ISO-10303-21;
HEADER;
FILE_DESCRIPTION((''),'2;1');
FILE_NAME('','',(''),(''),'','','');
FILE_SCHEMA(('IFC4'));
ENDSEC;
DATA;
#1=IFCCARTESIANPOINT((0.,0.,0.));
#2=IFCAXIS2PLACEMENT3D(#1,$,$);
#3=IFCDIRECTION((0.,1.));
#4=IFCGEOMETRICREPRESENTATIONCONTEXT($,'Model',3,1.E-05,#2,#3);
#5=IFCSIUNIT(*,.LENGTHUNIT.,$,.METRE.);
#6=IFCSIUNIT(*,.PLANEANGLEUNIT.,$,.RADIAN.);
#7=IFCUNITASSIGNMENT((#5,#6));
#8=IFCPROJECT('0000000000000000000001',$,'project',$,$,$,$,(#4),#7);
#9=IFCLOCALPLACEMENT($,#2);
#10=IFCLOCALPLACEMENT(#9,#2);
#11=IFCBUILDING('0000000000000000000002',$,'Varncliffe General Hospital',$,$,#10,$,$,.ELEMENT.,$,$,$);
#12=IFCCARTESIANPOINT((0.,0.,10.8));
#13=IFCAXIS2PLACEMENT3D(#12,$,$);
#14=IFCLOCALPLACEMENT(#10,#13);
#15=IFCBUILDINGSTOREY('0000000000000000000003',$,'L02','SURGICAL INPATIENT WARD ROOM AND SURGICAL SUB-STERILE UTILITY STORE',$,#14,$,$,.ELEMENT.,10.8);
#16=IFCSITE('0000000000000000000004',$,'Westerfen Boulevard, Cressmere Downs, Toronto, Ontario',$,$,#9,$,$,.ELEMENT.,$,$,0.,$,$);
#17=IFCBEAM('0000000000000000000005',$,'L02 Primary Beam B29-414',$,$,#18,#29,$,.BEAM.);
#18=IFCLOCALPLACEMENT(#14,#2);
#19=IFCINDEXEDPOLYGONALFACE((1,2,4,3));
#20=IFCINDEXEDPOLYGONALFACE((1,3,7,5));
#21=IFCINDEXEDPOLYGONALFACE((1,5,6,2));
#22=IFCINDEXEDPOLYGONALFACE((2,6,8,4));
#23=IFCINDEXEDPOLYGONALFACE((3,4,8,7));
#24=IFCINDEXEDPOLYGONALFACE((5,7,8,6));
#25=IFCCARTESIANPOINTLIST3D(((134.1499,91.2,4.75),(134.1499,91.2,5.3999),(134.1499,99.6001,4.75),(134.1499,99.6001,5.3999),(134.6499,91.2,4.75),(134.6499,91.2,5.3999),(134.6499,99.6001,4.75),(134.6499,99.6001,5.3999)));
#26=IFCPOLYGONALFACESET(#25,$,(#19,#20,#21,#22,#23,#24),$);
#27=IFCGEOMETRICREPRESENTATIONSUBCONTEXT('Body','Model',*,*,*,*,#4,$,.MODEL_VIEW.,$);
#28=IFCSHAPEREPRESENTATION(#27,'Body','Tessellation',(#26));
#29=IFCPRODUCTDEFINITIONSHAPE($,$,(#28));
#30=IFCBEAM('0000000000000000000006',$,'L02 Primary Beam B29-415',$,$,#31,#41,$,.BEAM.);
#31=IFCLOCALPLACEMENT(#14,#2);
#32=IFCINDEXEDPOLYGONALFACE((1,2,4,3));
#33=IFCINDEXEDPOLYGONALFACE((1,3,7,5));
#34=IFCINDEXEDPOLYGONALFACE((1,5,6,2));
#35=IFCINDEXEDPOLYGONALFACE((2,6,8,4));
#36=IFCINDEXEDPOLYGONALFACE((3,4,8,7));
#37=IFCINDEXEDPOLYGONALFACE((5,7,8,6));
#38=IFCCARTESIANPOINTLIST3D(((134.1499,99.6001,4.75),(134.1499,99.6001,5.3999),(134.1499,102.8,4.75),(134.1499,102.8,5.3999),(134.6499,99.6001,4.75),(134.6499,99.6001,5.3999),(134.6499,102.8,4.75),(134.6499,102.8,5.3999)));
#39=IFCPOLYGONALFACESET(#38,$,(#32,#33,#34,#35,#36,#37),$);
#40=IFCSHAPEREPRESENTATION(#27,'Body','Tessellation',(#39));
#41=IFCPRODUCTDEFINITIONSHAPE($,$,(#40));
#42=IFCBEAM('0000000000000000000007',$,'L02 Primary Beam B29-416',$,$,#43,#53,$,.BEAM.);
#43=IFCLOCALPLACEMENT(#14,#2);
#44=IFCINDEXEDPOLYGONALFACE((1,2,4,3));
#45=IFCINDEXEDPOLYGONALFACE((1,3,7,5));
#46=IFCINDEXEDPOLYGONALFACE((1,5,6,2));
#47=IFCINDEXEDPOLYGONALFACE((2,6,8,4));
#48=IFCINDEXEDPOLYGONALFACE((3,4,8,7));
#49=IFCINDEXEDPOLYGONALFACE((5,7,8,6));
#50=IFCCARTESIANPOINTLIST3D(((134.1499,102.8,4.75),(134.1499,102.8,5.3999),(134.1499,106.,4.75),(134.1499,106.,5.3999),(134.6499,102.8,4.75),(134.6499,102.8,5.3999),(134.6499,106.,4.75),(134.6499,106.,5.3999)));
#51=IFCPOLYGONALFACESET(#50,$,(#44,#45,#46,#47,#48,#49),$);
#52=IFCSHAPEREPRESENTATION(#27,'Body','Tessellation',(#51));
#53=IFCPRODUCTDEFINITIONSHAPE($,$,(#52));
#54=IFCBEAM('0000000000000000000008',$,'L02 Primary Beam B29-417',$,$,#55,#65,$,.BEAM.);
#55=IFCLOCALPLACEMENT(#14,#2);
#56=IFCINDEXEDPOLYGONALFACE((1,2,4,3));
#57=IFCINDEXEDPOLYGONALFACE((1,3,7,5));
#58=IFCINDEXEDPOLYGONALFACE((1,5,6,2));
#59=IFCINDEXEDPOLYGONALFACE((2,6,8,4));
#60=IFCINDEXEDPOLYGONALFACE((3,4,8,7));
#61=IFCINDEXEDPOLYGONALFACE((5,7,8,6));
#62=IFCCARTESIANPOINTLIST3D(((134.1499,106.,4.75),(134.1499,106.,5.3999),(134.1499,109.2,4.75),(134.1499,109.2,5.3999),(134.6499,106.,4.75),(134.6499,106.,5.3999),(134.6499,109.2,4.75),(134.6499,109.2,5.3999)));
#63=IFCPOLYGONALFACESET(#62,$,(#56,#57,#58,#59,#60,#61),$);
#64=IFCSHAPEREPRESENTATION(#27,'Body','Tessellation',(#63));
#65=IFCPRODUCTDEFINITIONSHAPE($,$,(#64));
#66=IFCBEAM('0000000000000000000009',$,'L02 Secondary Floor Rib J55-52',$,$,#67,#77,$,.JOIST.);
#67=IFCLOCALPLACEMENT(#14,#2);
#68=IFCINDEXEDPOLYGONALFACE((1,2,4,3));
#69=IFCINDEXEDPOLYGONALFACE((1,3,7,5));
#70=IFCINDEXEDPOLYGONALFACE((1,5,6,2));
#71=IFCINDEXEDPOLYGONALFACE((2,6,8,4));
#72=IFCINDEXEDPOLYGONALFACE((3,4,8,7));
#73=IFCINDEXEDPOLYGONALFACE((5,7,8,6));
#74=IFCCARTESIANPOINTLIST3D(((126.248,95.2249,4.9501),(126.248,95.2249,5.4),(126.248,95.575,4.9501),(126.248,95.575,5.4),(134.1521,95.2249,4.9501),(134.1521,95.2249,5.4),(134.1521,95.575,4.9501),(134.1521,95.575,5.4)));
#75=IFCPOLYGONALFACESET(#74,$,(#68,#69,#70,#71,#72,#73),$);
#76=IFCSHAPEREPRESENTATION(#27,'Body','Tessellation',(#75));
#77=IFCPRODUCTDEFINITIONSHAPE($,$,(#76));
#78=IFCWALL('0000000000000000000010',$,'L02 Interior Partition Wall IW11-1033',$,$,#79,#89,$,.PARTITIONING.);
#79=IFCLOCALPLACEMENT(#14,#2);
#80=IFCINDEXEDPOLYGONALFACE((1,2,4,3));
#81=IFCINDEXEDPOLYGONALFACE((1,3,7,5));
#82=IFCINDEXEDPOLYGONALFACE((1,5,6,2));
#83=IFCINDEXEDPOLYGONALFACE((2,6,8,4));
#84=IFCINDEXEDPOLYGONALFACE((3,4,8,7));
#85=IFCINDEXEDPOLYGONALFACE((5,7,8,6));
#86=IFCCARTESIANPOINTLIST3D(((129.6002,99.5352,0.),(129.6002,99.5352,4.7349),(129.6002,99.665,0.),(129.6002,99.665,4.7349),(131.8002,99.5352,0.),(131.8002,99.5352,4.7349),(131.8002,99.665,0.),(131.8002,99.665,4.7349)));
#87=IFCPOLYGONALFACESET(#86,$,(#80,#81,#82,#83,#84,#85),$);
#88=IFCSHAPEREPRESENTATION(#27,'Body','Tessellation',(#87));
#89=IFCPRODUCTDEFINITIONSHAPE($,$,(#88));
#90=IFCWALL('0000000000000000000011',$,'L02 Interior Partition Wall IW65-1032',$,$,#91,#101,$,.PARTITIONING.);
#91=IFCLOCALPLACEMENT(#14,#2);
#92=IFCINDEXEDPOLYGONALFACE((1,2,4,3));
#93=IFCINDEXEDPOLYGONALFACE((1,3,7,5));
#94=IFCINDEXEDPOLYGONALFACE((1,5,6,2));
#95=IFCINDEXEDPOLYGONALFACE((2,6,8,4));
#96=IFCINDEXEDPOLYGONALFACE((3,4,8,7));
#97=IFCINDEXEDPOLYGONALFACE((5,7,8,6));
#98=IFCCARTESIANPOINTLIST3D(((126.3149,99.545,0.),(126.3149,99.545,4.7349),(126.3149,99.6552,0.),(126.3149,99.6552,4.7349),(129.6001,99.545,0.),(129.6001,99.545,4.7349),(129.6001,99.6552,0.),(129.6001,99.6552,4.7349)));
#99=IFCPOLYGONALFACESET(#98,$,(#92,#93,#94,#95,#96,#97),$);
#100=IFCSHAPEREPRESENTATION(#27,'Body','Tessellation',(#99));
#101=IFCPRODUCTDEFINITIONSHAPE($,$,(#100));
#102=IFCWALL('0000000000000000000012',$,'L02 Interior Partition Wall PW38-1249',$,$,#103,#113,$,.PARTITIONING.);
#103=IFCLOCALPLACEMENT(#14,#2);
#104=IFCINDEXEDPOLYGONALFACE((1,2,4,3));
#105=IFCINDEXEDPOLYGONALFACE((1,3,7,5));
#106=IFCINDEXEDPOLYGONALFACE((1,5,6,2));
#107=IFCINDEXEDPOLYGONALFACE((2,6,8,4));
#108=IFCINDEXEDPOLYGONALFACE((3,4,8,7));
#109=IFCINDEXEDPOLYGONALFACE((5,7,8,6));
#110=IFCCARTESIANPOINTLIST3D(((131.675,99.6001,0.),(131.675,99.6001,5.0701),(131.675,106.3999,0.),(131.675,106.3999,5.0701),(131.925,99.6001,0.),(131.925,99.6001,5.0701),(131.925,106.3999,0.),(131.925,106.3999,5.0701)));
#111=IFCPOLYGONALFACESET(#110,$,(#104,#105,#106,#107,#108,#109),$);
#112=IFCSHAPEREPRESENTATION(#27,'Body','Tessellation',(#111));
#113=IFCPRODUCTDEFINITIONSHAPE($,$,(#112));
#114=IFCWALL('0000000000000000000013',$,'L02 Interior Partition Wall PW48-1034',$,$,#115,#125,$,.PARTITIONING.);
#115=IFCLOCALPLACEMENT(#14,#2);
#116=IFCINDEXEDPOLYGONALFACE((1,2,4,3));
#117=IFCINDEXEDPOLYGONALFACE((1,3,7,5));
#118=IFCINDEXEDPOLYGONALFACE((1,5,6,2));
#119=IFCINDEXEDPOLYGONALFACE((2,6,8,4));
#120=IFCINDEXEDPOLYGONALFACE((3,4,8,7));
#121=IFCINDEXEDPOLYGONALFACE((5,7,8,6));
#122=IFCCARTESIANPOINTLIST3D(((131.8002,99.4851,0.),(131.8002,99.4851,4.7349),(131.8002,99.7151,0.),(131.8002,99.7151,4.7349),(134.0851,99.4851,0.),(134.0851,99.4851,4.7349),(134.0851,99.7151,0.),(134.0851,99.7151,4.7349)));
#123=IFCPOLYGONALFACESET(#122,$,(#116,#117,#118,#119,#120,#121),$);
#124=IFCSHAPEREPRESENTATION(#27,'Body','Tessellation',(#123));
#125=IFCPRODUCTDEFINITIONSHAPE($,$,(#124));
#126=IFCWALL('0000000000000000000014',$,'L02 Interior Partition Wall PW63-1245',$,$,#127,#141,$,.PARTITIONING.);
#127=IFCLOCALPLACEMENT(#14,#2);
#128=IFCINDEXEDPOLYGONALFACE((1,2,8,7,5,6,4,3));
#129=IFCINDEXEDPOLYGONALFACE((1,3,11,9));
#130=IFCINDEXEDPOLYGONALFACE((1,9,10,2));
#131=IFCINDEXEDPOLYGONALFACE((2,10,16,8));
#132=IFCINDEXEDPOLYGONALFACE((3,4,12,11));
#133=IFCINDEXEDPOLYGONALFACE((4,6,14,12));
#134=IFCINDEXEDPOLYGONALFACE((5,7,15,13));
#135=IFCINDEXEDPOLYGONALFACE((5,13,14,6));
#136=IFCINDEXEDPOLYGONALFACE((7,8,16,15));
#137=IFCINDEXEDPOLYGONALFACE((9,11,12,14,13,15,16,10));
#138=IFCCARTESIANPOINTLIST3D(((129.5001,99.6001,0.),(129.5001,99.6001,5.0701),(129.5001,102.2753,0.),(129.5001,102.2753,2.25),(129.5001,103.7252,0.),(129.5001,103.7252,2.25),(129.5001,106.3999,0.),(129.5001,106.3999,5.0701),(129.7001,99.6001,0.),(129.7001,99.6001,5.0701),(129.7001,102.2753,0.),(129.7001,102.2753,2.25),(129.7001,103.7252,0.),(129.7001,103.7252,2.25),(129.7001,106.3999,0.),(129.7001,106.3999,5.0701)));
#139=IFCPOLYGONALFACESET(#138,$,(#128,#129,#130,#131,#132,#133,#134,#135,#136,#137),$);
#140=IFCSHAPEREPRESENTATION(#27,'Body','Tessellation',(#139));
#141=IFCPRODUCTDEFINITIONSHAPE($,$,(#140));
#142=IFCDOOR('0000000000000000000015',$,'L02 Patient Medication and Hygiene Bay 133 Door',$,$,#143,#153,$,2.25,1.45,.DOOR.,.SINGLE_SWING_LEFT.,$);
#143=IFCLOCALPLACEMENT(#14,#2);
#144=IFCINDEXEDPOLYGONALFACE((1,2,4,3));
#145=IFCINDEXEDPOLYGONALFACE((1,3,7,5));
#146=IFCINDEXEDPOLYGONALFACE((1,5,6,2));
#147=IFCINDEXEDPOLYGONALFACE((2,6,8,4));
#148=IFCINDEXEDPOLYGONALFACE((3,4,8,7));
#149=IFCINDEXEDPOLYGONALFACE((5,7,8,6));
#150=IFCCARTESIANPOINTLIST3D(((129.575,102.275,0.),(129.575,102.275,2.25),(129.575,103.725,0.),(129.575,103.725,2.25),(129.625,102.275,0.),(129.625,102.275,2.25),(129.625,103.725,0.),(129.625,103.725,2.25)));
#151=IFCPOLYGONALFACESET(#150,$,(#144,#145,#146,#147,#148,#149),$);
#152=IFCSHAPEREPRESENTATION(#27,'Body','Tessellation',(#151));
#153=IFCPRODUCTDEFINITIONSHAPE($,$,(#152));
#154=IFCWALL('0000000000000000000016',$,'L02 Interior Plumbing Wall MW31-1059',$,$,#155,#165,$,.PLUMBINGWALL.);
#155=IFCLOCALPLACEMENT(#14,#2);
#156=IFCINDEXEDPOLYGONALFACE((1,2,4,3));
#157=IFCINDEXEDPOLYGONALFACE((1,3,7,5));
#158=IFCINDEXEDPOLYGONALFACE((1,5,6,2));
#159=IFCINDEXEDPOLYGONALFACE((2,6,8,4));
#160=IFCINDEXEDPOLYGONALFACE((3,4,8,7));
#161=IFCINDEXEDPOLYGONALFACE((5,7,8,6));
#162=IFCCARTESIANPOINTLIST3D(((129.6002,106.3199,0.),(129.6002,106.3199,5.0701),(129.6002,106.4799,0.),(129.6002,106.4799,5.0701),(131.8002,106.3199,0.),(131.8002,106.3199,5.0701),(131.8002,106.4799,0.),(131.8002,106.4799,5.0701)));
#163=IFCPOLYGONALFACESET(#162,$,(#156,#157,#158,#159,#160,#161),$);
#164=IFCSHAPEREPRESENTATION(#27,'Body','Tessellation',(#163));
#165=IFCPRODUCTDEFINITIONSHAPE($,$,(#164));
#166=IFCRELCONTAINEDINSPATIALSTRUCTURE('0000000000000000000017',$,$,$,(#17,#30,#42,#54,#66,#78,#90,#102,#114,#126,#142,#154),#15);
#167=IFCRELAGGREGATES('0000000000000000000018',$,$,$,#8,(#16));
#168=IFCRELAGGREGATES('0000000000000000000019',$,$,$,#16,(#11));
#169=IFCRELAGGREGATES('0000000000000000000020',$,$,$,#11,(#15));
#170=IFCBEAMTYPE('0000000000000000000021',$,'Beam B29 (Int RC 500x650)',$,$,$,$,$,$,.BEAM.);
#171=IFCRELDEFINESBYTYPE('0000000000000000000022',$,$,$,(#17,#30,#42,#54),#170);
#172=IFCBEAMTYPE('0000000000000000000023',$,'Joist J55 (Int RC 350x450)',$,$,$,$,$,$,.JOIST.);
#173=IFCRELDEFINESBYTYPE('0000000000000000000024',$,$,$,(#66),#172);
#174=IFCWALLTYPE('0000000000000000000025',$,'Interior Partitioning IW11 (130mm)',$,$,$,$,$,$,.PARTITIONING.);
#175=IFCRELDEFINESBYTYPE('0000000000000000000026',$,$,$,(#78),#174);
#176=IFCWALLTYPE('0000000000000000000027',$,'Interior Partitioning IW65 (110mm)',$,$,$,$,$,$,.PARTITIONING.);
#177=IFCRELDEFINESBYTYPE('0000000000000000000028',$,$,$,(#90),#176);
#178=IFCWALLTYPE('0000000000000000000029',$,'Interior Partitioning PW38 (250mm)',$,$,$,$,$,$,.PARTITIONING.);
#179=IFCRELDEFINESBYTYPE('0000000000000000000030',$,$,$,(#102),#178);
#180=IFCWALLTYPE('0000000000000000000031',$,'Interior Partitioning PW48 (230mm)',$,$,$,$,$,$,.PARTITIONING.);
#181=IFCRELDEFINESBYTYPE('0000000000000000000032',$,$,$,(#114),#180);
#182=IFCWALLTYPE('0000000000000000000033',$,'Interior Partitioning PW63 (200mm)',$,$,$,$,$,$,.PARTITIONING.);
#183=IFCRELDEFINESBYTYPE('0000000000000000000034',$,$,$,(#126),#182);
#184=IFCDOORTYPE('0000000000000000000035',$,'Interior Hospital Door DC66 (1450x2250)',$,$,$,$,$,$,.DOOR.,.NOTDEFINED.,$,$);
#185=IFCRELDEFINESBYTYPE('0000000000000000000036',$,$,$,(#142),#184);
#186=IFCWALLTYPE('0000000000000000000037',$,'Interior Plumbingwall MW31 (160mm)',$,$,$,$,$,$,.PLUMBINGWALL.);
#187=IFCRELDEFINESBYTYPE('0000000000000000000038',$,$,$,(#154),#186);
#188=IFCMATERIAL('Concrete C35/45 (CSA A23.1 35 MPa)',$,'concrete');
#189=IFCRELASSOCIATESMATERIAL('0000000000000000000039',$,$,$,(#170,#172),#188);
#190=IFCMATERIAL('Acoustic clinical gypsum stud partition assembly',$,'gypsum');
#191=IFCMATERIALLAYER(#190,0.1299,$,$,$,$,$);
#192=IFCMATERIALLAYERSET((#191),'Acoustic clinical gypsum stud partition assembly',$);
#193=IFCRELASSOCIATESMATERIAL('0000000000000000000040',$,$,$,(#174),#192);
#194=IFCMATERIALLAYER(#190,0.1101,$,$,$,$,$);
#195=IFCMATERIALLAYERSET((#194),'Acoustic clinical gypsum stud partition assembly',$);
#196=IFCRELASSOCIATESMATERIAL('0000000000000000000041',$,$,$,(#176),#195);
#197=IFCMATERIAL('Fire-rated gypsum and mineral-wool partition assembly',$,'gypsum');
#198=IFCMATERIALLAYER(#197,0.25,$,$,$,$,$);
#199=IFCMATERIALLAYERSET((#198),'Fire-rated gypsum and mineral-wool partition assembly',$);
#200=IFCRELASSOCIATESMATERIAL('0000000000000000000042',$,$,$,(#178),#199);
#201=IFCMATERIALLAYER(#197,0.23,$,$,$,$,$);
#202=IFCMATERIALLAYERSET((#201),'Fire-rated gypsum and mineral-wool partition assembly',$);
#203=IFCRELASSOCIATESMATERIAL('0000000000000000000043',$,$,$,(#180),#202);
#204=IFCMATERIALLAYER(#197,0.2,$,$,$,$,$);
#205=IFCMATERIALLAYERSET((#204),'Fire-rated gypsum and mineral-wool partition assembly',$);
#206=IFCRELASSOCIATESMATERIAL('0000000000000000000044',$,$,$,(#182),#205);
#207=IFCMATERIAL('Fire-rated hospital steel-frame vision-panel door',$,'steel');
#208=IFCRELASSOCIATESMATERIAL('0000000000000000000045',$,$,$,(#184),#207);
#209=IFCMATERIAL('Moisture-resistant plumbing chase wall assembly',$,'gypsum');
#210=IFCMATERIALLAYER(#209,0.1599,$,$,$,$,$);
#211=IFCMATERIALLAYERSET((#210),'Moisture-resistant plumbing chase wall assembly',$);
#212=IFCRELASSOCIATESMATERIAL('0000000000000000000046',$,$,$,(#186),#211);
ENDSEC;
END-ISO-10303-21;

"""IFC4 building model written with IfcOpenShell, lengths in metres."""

from ifc_helpers import new_model, si_unit, direction, frame, frame_2d, origin, origin_2d, place, context, subcontext, project, spatial, rectangle, extrude, material, layer, layer_set, material_profile, profile_set, type_object, element, fill, save


model = new_model("IFC4")

# Units and contexts
model_context = context("Model", 3, precision=1e-05, world=origin(), true_north=direction((0.0, 1.0)))
body_context = subcontext(model_context, "Body", "Model", "MODEL_VIEW")
ifc_project = project(units=[si_unit("LENGTHUNIT", "METRE"), si_unit("PLANEANGLEUNIT", "RADIAN")], contexts=[model_context])

# Site, building, storey
site_placement = place(None, origin())
site = spatial("IfcSite", under=ifc_project, at=site_placement, Name="Westerfen Boulevard, Cressmere Downs, Toronto, Ontario", CompositionType="ELEMENT", RefElevation=0.0)
building_placement = place(site_placement, origin())
building = spatial("IfcBuilding", under=site, at=building_placement, Name="Varncliffe General Hospital", CompositionType="ELEMENT")
storey_placement = place(building_placement, frame((0.0, 0.0, 10.8)))
storey = spatial("IfcBuildingStorey", under=building, at=storey_placement, Name="L02", Description="SURGICAL INPATIENT WARD ROOM AND SURGICAL SUB-STERILE UTILITY STORE", CompositionType="ELEMENT", Elevation=10.8)

# Beams
ifc_material_1 = material(Name="Concrete C35/45 (CSA A23.1 35 MPa)", Category="concrete")
ifc_material_profile_1 = material_profile(ifc_material_1, rectangle(XDim=0.5, YDim=0.6499, at=origin_2d()), Name="RC 500x650")
ifc_profile_set_1 = profile_set([ifc_material_profile_1], Name="Concrete C35/45 (CSA A23.1 35 MPa)")
beam_type_1 = type_object("IfcBeamType", Name="Beam B29 (Int RC 500x650)", PredefinedType="BEAM", material=ifc_profile_set_1)
beam_1_placement = place(storey_placement, frame((134.3999, 91.2, 5.075), z_axis=(0.0, 1.0, 0.0), x_axis=(-1.0, 0.0, 0.0)))
element("IfcBeam", 1, at=beam_1_placement, inside=storey, type_object=beam_type_1, Name="L02 Primary Beam B29-414", PredefinedType="BEAM", context=body_context, shape_type="SweptSolid", body=[
    extrude(rectangle(XDim=0.5, YDim=0.6499, at=origin_2d()), origin(), (0.0, 0.0, 1.0), 8.4001),
])
for number, where, z_axis, x_axis, name in (
    (2, (134.3999, 99.6001, 5.075), (0.0, 1.0, 0.0), (-1.0, 0.0, 0.0), "L02 Primary Beam B29-415"),
    (3, (134.3999, 102.8, 5.075), (0.0, 1.0, 0.0), (-1.0, 0.0, 0.0), "L02 Primary Beam B29-416"),
    (4, (134.3999, 106.0, 5.075), (0.0, 1.0, 0.0), (-1.0, 0.0, 0.0), "L02 Primary Beam B29-417"),
):
    element("IfcBeam", number, at=place(storey_placement, frame(where, z_axis=z_axis, x_axis=x_axis)), inside=storey, type_object=beam_type_1, Name=name, PredefinedType="BEAM", context=body_context, shape_type="SweptSolid", body=[
        extrude(rectangle(XDim=0.5, YDim=0.6499, at=origin_2d()), origin(), (0.0, 0.0, 1.0), 3.2),
    ])
ifc_material_profile_2 = material_profile(ifc_material_1, rectangle(XDim=0.3501, YDim=0.45, at=origin_2d()), Name="RC 350x450")
ifc_profile_set_2 = profile_set([ifc_material_profile_2], Name="Concrete C35/45 (CSA A23.1 35 MPa)")
beam_type_2 = type_object("IfcBeamType", Name="Joist J55 (Int RC 350x450)", PredefinedType="JOIST", material=ifc_profile_set_2)
beam_2_placement = place(storey_placement, frame((126.248, 95.3999, 5.175), z_axis=(1.0, 0.0, 0.0), x_axis=(0.0, 1.0, 0.0)))
element("IfcBeam", 5, at=beam_2_placement, inside=storey, type_object=beam_type_2, Name="L02 Secondary Floor Rib J55-52", PredefinedType="JOIST", context=body_context, shape_type="SweptSolid", body=[
    extrude(rectangle(XDim=0.3501, YDim=0.45, at=origin_2d()), origin(), (0.0, 0.0, 1.0), 7.9041),
])

# Walls
ifc_material_2 = material(Name="Acoustic clinical gypsum stud partition assembly", Category="gypsum")
ifc_layer_1 = layer(ifc_material_2, 0.1299)
ifc_layer_set_1 = layer_set([ifc_layer_1], Name="Acoustic clinical gypsum stud partition assembly")
wall_type_1 = type_object("IfcWallType", Name="Interior Partitioning IW11 (130mm)", PredefinedType="PARTITIONING", material=ifc_layer_set_1)
wall_1_placement = place(storey_placement, frame((129.6001, 99.6001, 0.0), z_axis=(0.0, 0.0, 1.0), x_axis=(1.0, 0.0, 0.0)))
element("IfcWall", 6, at=wall_1_placement, inside=storey, type_object=wall_type_1, Name="L02 Interior Partition Wall IW11-1033", PredefinedType="PARTITIONING", context=body_context, shape_type="SweptSolid", body=[
    extrude(rectangle(XDim=2.2, YDim=0.1299, at=frame_2d((1.1001, 0.0))), origin(), (0.0, 0.0, 1.0), 4.7349),
])
ifc_layer_2 = layer(ifc_material_2, 0.1101)
ifc_layer_set_2 = layer_set([ifc_layer_2], Name="Acoustic clinical gypsum stud partition assembly")
wall_type_2 = type_object("IfcWallType", Name="Interior Partitioning IW65 (110mm)", PredefinedType="PARTITIONING", material=ifc_layer_set_2)
wall_2_placement = place(storey_placement, frame((126.3149, 99.6001, 0.0), z_axis=(0.0, 0.0, 1.0), x_axis=(1.0, 0.0, 0.0)))
element("IfcWall", 7, at=wall_2_placement, inside=storey, type_object=wall_type_2, Name="L02 Interior Partition Wall IW65-1032", PredefinedType="PARTITIONING", context=body_context, shape_type="SweptSolid", body=[
    extrude(rectangle(XDim=3.2852, YDim=0.1101, at=frame_2d((1.6426, 0.0))), origin(), (0.0, 0.0, 1.0), 4.7349),
])
ifc_material_3 = material(Name="Fire-rated gypsum and mineral-wool partition assembly", Category="gypsum")
ifc_layer_3 = layer(ifc_material_3, 0.25)
ifc_layer_set_3 = layer_set([ifc_layer_3], Name="Fire-rated gypsum and mineral-wool partition assembly")
wall_type_3 = type_object("IfcWallType", Name="Interior Partitioning PW38 (250mm)", PredefinedType="PARTITIONING", material=ifc_layer_set_3)
wall_3_placement = place(storey_placement, frame((131.8, 99.6001, 0.0), z_axis=(0.0, 0.0, 1.0), x_axis=(0.0, 1.0, 0.0)))
element("IfcWall", 8, at=wall_3_placement, inside=storey, type_object=wall_type_3, Name="L02 Interior Partition Wall PW38-1249", PredefinedType="PARTITIONING", context=body_context, shape_type="SweptSolid", body=[
    extrude(rectangle(XDim=6.7998, YDim=0.25, at=frame_2d((3.3999, 0.0))), origin(), (0.0, 0.0, 1.0), 5.0701),
])
ifc_layer_4 = layer(ifc_material_3, 0.23)
ifc_layer_set_4 = layer_set([ifc_layer_4], Name="Fire-rated gypsum and mineral-wool partition assembly")
wall_type_4 = type_object("IfcWallType", Name="Interior Partitioning PW48 (230mm)", PredefinedType="PARTITIONING", material=ifc_layer_set_4)
wall_4_placement = place(storey_placement, frame((131.8, 99.6001, 0.0), z_axis=(0.0, 0.0, 1.0), x_axis=(1.0, 0.0, 0.0)))
element("IfcWall", 9, at=wall_4_placement, inside=storey, type_object=wall_type_4, Name="L02 Interior Partition Wall PW48-1034", PredefinedType="PARTITIONING", context=body_context, shape_type="SweptSolid", body=[
    extrude(rectangle(XDim=2.2849, YDim=0.23, at=frame_2d((1.1426, 0.0))), origin(), (0.0, 0.0, 1.0), 4.7349),
])

# Wall, opening, door
ifc_layer_5 = layer(ifc_material_3, 0.2)
ifc_layer_set_5 = layer_set([ifc_layer_5], Name="Fire-rated gypsum and mineral-wool partition assembly")
wall_type_5 = type_object("IfcWallType", Name="Interior Partitioning PW63 (200mm)", PredefinedType="PARTITIONING", material=ifc_layer_set_5)
wall_5_placement = place(storey_placement, frame((129.6001, 99.6001, 0.0), z_axis=(0.0, 0.0, 1.0), x_axis=(0.0, 1.0, 0.0)))
wall_5 = element("IfcWall", 10, at=wall_5_placement, inside=storey, type_object=wall_type_5, Name="L02 Interior Partition Wall PW63-1245", PredefinedType="PARTITIONING", context=body_context, shape_type="SweptSolid", body=[
    extrude(rectangle(XDim=6.7998, YDim=0.2, at=frame_2d((3.3999, 0.0))), origin(), (0.0, 0.0, 1.0), 5.0701),
])
opening_placement = place(wall_5_placement, frame((2.675, 0.0, 0.0)))
opening = element("IfcOpeningElement", 11, at=opening_placement, cuts=wall_5, PredefinedType="OPENING", context=body_context, shape_type="SweptSolid", body=[
    extrude(rectangle(XDim=1.45, YDim=2.25, at=frame_2d((0.7251, 1.125))), frame((0.0, 0.1099, 0.0), z_axis=(0.0, -1.0, 0.0), x_axis=(1.0, 0.0, 0.0)), (0.0, 0.0, 1.0), 0.22),
])
ifc_material_4 = material(Name="Fire-rated hospital steel-frame vision-panel door", Category="steel")
door_type = type_object("IfcDoorType", Name="Interior Hospital Door DC66 (1450x2250)", OperationType="NOTDEFINED", PredefinedType="DOOR", material=ifc_material_4)
door_placement = place(opening_placement, frame((1.45, 0.0, 0.0), z_axis=(0.0, 0.0, 1.0), x_axis=(-1.0, 0.0, 0.0)))
door = element("IfcDoor", 12, at=door_placement, inside=storey, type_object=door_type, Name="L02 Patient Medication and Hygiene Bay 133 Door", OperationType="SINGLE_SWING_LEFT", OverallHeight=2.25, OverallWidth=1.45, PredefinedType="DOOR", context=body_context, shape_type="SweptSolid", body=[
    extrude(rectangle(XDim=1.45, YDim=2.25, at=frame_2d((0.7251, 1.125))), frame((0.0, 0.0249, 0.0), z_axis=(0.0, -1.0, 0.0), x_axis=(1.0, 0.0, 0.0)), (0.0, 0.0, 1.0), 0.05),
])
fill(opening, door)

# Wall
ifc_material_5 = material(Name="Moisture-resistant plumbing chase wall assembly", Category="gypsum")
ifc_layer_6 = layer(ifc_material_5, 0.1599)
ifc_layer_set_6 = layer_set([ifc_layer_6], Name="Moisture-resistant plumbing chase wall assembly")
wall_type_6 = type_object("IfcWallType", Name="Interior Plumbingwall MW31 (160mm)", PredefinedType="PLUMBINGWALL", material=ifc_layer_set_6)
wall_6_placement = place(storey_placement, frame((129.6001, 106.3999, 0.0), z_axis=(0.0, 0.0, 1.0), x_axis=(1.0, 0.0, 0.0)))
element("IfcWall", 13, at=wall_6_placement, inside=storey, type_object=wall_type_6, Name="L02 Interior Plumbing Wall MW31-1059", PredefinedType="PLUMBINGWALL", context=body_context, shape_type="SweptSolid", body=[
    extrude(rectangle(XDim=2.2, YDim=0.1599, at=frame_2d((1.1001, 0.0))), origin(), (0.0, 0.0, 1.0), 5.0701),
])

save(model, "model.ifc")
